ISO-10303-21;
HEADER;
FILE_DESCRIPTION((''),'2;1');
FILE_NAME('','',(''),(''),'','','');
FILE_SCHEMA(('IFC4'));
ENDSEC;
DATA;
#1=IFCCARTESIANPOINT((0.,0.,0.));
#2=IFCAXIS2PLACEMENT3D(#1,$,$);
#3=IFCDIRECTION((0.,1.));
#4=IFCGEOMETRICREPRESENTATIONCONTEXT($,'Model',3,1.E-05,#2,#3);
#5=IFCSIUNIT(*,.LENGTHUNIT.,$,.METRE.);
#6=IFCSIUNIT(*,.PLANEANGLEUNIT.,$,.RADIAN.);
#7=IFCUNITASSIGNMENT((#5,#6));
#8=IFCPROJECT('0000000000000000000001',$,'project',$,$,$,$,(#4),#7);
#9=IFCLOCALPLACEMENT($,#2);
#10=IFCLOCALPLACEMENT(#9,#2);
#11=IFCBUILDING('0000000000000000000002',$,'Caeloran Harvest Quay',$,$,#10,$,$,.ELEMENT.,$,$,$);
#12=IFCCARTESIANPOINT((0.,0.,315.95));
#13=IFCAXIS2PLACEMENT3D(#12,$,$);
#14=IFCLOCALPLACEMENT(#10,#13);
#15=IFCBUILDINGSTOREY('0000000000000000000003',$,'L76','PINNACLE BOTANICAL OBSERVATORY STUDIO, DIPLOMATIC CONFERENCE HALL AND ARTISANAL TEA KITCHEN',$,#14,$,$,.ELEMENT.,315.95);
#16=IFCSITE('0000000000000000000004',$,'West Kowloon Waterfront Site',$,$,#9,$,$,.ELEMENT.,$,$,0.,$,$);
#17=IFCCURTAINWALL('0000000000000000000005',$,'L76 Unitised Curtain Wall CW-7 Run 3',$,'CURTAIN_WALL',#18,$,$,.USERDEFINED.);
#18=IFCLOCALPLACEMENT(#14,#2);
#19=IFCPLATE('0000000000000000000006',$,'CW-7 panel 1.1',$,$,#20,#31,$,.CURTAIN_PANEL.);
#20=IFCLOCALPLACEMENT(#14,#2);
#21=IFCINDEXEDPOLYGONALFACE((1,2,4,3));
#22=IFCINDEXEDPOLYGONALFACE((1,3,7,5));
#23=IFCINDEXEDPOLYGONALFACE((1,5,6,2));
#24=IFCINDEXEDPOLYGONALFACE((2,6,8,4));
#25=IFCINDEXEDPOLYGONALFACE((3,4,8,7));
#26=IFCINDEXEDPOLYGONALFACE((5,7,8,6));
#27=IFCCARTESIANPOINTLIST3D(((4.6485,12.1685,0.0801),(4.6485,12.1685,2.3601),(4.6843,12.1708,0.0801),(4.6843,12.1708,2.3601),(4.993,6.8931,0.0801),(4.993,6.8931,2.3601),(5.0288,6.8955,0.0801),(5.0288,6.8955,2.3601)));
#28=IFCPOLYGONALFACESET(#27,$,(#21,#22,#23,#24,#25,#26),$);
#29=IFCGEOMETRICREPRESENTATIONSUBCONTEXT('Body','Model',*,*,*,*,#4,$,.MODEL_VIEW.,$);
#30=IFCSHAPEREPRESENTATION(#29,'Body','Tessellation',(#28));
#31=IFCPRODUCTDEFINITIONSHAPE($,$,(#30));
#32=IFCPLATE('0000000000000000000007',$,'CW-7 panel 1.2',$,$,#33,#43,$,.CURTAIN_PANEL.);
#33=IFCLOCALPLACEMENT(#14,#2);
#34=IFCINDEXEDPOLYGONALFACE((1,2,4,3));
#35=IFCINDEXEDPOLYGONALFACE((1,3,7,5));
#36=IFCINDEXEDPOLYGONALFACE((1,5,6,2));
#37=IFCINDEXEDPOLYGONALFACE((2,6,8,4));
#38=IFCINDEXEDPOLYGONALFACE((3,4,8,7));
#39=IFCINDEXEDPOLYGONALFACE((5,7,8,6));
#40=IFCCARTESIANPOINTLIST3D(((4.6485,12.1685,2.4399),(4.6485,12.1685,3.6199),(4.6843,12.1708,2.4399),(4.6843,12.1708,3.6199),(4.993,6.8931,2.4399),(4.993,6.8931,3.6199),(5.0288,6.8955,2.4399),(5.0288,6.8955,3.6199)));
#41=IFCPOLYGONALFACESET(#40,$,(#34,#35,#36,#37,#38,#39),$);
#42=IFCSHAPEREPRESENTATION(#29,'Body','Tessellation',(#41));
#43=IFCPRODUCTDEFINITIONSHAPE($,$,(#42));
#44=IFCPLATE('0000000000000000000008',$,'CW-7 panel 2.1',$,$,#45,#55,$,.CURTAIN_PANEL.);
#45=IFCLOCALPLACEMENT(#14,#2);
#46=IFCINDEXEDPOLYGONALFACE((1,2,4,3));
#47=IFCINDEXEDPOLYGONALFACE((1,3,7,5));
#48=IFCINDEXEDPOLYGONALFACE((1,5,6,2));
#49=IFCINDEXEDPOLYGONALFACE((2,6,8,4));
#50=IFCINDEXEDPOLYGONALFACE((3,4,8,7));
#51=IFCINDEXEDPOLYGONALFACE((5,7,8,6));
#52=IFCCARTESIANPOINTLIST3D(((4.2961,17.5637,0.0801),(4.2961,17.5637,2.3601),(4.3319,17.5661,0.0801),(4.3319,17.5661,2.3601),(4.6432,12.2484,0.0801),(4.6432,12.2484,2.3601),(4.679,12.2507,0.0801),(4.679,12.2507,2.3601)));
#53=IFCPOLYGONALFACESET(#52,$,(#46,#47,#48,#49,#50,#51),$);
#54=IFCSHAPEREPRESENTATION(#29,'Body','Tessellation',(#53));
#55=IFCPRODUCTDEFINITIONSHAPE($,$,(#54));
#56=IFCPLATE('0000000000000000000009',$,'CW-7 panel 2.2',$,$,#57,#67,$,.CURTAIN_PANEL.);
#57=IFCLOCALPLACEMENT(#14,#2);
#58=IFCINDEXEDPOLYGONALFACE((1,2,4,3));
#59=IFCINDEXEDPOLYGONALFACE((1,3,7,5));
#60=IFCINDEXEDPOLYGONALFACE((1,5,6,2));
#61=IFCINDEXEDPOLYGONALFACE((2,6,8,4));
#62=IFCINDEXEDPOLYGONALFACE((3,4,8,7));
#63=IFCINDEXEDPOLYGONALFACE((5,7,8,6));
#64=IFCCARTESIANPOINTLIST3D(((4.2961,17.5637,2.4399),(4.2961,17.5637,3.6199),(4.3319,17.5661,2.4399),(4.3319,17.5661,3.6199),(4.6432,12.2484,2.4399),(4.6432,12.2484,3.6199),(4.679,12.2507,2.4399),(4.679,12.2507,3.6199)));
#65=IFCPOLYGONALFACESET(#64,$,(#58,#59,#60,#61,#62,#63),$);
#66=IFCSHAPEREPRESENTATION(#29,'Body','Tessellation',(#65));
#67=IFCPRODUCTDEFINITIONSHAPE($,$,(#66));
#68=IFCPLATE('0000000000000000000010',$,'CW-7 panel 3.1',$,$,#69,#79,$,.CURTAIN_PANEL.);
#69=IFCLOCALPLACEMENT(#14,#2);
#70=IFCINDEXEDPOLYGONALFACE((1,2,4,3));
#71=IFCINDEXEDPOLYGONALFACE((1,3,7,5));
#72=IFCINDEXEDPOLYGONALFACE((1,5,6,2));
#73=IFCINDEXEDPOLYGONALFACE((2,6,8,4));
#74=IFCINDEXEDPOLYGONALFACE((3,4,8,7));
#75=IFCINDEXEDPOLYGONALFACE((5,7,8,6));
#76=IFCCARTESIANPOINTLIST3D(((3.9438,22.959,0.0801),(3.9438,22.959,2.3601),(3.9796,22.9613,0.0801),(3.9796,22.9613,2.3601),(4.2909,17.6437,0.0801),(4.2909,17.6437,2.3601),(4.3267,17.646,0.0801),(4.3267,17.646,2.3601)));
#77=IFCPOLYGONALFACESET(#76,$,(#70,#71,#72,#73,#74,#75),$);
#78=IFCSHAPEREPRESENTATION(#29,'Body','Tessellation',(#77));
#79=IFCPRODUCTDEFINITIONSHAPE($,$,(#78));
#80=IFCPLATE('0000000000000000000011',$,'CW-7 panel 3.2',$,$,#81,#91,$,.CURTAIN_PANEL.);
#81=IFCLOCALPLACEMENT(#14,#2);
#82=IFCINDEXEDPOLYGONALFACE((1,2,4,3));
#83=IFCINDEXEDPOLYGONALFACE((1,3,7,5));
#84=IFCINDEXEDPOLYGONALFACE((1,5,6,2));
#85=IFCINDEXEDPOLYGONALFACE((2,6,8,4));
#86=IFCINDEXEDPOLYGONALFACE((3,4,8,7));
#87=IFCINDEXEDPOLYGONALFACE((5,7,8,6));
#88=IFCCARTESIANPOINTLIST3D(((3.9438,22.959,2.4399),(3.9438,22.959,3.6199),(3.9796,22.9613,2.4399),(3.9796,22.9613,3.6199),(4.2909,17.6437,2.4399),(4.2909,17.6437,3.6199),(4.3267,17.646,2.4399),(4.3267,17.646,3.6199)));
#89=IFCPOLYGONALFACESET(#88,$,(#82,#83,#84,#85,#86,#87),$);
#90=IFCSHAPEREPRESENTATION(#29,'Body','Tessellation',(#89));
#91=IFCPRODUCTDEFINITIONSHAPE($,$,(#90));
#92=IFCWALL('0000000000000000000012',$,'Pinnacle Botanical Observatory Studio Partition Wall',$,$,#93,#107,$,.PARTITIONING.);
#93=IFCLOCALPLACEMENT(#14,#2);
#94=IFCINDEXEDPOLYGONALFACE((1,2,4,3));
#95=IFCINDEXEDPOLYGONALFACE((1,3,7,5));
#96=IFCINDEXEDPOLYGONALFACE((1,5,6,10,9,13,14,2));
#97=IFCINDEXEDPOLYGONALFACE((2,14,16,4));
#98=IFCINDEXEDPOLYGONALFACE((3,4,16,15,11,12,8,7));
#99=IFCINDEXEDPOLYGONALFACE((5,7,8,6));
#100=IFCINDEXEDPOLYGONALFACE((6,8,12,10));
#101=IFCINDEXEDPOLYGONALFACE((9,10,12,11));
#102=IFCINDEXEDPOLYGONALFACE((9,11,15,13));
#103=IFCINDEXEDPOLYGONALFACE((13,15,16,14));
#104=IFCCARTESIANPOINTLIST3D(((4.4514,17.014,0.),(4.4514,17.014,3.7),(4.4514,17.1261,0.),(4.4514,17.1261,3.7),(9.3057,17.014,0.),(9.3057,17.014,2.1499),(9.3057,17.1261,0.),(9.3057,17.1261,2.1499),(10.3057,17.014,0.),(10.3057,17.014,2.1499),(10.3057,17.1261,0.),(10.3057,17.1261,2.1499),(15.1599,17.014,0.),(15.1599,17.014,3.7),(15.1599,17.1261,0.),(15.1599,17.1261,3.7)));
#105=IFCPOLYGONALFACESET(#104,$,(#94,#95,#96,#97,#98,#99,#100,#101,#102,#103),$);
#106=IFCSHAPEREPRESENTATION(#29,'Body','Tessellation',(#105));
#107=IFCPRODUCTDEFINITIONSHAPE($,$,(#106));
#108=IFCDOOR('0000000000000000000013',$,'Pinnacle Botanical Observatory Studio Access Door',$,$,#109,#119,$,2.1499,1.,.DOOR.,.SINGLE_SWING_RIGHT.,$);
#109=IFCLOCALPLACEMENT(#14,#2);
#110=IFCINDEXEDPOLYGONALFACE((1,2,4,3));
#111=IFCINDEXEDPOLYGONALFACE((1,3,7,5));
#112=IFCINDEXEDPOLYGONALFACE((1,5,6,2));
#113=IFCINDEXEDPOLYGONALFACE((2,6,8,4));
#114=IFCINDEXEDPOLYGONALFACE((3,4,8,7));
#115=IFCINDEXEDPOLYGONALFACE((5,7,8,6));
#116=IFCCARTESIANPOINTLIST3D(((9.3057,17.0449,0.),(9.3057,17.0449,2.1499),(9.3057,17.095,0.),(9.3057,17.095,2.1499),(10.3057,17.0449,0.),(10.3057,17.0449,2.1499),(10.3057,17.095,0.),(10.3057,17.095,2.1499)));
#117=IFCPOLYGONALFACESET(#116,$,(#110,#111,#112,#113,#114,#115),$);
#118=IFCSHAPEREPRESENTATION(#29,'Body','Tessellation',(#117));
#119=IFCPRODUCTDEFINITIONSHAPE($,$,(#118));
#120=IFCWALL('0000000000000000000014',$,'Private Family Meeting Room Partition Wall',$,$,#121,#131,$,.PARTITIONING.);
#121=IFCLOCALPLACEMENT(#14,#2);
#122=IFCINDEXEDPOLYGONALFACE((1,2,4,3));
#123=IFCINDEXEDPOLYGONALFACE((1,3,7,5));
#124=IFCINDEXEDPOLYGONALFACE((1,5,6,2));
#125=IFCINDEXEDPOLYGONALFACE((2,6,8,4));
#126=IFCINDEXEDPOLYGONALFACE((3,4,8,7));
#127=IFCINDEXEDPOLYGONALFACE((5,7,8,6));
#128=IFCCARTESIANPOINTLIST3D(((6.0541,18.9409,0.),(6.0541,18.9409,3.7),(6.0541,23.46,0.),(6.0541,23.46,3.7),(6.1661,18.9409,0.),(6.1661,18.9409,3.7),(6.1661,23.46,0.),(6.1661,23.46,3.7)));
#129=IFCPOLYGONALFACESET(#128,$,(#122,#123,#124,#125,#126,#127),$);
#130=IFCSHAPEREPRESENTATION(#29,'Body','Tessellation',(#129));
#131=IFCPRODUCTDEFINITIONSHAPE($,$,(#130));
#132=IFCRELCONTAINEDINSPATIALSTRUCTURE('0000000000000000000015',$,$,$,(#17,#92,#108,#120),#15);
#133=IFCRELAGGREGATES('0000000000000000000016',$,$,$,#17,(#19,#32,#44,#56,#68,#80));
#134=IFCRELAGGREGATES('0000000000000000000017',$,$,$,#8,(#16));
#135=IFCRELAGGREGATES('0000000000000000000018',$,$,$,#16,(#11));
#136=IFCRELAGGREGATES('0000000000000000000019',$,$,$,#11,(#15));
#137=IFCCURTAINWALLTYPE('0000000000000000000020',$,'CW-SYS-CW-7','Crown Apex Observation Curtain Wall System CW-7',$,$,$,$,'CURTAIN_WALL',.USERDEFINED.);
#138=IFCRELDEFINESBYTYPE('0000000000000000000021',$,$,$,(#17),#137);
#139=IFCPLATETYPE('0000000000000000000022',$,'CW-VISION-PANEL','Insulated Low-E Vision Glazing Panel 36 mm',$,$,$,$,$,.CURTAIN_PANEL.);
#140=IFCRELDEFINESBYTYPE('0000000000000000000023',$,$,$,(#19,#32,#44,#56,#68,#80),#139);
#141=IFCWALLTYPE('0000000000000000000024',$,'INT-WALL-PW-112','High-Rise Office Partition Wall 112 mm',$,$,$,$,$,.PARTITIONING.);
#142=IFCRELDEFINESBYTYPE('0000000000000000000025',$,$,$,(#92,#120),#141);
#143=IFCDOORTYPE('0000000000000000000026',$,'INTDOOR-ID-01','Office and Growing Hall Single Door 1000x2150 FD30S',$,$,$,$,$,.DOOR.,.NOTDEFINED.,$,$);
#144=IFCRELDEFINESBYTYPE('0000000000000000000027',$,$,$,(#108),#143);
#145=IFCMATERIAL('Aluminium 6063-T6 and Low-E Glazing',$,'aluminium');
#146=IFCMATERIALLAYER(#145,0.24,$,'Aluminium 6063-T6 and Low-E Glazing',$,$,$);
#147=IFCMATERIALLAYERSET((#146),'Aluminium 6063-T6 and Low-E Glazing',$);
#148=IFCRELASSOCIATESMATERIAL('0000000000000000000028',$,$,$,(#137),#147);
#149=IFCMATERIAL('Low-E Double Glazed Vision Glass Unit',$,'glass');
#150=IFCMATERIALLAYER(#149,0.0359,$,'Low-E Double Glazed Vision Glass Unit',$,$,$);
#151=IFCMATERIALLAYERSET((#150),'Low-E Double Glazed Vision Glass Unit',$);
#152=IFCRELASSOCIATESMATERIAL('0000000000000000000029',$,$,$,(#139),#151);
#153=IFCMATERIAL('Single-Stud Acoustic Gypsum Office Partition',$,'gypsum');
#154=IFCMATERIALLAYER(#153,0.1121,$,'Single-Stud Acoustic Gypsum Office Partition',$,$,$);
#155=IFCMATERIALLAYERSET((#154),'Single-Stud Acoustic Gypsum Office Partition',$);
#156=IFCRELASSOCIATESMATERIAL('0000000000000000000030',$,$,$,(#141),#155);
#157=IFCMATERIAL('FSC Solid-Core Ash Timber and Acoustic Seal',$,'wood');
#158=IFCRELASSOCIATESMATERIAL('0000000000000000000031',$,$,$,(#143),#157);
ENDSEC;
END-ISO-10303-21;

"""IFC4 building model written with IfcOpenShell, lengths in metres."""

from ifc_helpers import new_model, si_unit, direction, frame, frame_2d, origin, origin_2d, place, context, subcontext, project, spatial, rectangle, extrude, material, layer, layer_set, type_object, element, fill, aggregate, save


model = new_model("IFC4")

# Units and contexts
model_context = context("Model", 3, precision=1e-05, world=origin(), true_north=direction((0.0, 1.0)))
body_context = subcontext(model_context, "Body", "Model", "MODEL_VIEW")
ifc_project = project(units=[si_unit("LENGTHUNIT", "METRE"), si_unit("PLANEANGLEUNIT", "RADIAN")], contexts=[model_context])

# Site, building, storey
site_placement = place(None, origin())
site = spatial("IfcSite", under=ifc_project, at=site_placement, Name="West Kowloon Waterfront Site", CompositionType="ELEMENT", RefElevation=0.0)
building_placement = place(site_placement, origin())
building = spatial("IfcBuilding", under=site, at=building_placement, Name="Caeloran Harvest Quay", CompositionType="ELEMENT")
storey_placement = place(building_placement, frame((0.0, 0.0, 315.95)))
storey = spatial("IfcBuildingStorey", under=building, at=storey_placement, Name="L76", Description="PINNACLE BOTANICAL OBSERVATORY STUDIO, DIPLOMATIC CONFERENCE HALL AND ARTISANAL TEA KITCHEN", CompositionType="ELEMENT", Elevation=315.95)

# Curtain wall, plates
ifc_material_1 = material(Name="Aluminium 6063-T6 and Low-E Glazing", Category="aluminium")
ifc_layer_1 = layer(ifc_material_1, 0.24, Name="Aluminium 6063-T6 and Low-E Glazing")
ifc_layer_set_1 = layer_set([ifc_layer_1], Name="Aluminium 6063-T6 and Low-E Glazing")
curtain_wall_type = type_object("IfcCurtainWallType", Name="CW-SYS-CW-7", Description="Crown Apex Observation Curtain Wall System CW-7", ElementType="CURTAIN_WALL", PredefinedType="USERDEFINED", material=ifc_layer_set_1)
curtain_wall_placement = place(storey_placement, origin())
curtain_wall = element("IfcCurtainWall", 1, at=curtain_wall_placement, inside=storey, type_object=curtain_wall_type, Name="L76 Unitised Curtain Wall CW-7 Run 3", ObjectType="CURTAIN_WALL", PredefinedType="USERDEFINED")
ifc_material_2 = material(Name="Low-E Double Glazed Vision Glass Unit", Category="glass")
ifc_layer_2 = layer(ifc_material_2, 0.0359, Name="Low-E Double Glazed Vision Glass Unit")
ifc_layer_set_2 = layer_set([ifc_layer_2], Name="Low-E Double Glazed Vision Glass Unit")
plate_type = type_object("IfcPlateType", Name="CW-VISION-PANEL", Description="Insulated Low-E Vision Glazing Panel 36 mm", PredefinedType="CURTAIN_PANEL", material=ifc_layer_set_2)
plate_1_placement = place(storey_placement, frame((4.8386, 9.532, 0.0801), z_axis=(0.0, 0.0, 1.0), x_axis=(-0.065167, 0.997874, 0.0)))
plate_1 = element("IfcPlate", 2, at=plate_1_placement, type_object=plate_type, Name="CW-7 panel 1.1", PredefinedType="CURTAIN_PANEL", context=body_context, shape_type="SweptSolid", body=[
    extrude(rectangle(XDim=5.2866, YDim=0.0359, at=origin_2d()), origin(), (0.0, 0.0, 1.0), 2.28),
])
plate_2_placement = place(storey_placement, frame((4.8386, 9.532, 2.4399), z_axis=(0.0, 0.0, 1.0), x_axis=(-0.065167, 0.997874, 0.0)))
plate_2 = element("IfcPlate", 3, at=plate_2_placement, type_object=plate_type, Name="CW-7 panel 1.2", PredefinedType="CURTAIN_PANEL", context=body_context, shape_type="SweptSolid", body=[
    extrude(rectangle(XDim=5.2866, YDim=0.0359, at=origin_2d()), origin(), (0.0, 0.0, 1.0), 1.1799),
])
plate_3_placement = place(storey_placement, frame((4.4875, 14.9072, 0.0801), z_axis=(0.0, 0.0, 1.0), x_axis=(-0.065167, 0.997874, 0.0)))
plate_3 = element("IfcPlate", 4, at=plate_3_placement, type_object=plate_type, Name="CW-7 panel 2.1", PredefinedType="CURTAIN_PANEL", context=body_context, shape_type="SweptSolid", body=[
    extrude(rectangle(XDim=5.3267, YDim=0.0359, at=origin_2d()), origin(), (0.0, 0.0, 1.0), 2.28),
])
plate_4_placement = place(storey_placement, frame((4.4875, 14.9072, 2.4399), z_axis=(0.0, 0.0, 1.0), x_axis=(-0.065167, 0.997874, 0.0)))
plate_4 = element("IfcPlate", 5, at=plate_4_placement, type_object=plate_type, Name="CW-7 panel 2.2", PredefinedType="CURTAIN_PANEL", context=body_context, shape_type="SweptSolid", body=[
    extrude(rectangle(XDim=5.3267, YDim=0.0359, at=origin_2d()), origin(), (0.0, 0.0, 1.0), 1.1799),
])
plate_5_placement = place(storey_placement, frame((4.1353, 20.3025, 0.0801), z_axis=(0.0, 0.0, 1.0), x_axis=(-0.065167, 0.997874, 0.0)))
plate_5 = element("IfcPlate", 6, at=plate_5_placement, type_object=plate_type, Name="CW-7 panel 3.1", PredefinedType="CURTAIN_PANEL", context=body_context, shape_type="SweptSolid", body=[
    extrude(rectangle(XDim=5.3267, YDim=0.0359, at=origin_2d()), origin(), (0.0, 0.0, 1.0), 2.28),
])
plate_6_placement = place(storey_placement, frame((4.1353, 20.3025, 2.4399), z_axis=(0.0, 0.0, 1.0), x_axis=(-0.065167, 0.997874, 0.0)))
plate_6 = element("IfcPlate", 7, at=plate_6_placement, type_object=plate_type, Name="CW-7 panel 3.2", PredefinedType="CURTAIN_PANEL", context=body_context, shape_type="SweptSolid", body=[
    extrude(rectangle(XDim=5.3267, YDim=0.0359, at=origin_2d()), origin(), (0.0, 0.0, 1.0), 1.1799),
])
aggregate(curtain_wall, [plate_1, plate_2, plate_3, plate_4, plate_5, plate_6])

# Wall, opening, door
ifc_material_3 = material(Name="Single-Stud Acoustic Gypsum Office Partition", Category="gypsum")
ifc_layer_3 = layer(ifc_material_3, 0.1121, Name="Single-Stud Acoustic Gypsum Office Partition")
ifc_layer_set_3 = layer_set([ifc_layer_3], Name="Single-Stud Acoustic Gypsum Office Partition")
wall_type = type_object("IfcWallType", Name="INT-WALL-PW-112", Description="High-Rise Office Partition Wall 112 mm", PredefinedType="PARTITIONING", material=ifc_layer_set_3)
wall_1_placement = place(storey_placement, frame((4.4514, 17.0701, 0.0), z_axis=(0.0, 0.0, 1.0), x_axis=(1.0, 0.0, 0.0)))
wall_1 = element("IfcWall", 8, at=wall_1_placement, inside=storey, type_object=wall_type, Name="Pinnacle Botanical Observatory Studio Partition Wall", PredefinedType="PARTITIONING", context=body_context, shape_type="SweptSolid", body=[
    extrude(rectangle(XDim=10.7085, YDim=0.1121, at=frame_2d((5.3542, 0.0))), origin(), (0.0, 0.0, 1.0), 3.7),
])
opening_placement = place(wall_1_placement, frame((4.8542, 0.0, 0.0)))
opening = element("IfcOpeningElement", 9, at=opening_placement, cuts=wall_1, PredefinedType="OPENING", context=body_context, shape_type="SweptSolid", body=[
    extrude(rectangle(XDim=1.0, YDim=2.1499, at=frame_2d((0.5, 1.075))), frame((0.0, 0.0659, 0.0), z_axis=(0.0, -1.0, 0.0), x_axis=(1.0, 0.0, 0.0)), (0.0, 0.0, 1.0), 0.1321),
])
ifc_material_4 = material(Name="FSC Solid-Core Ash Timber and Acoustic Seal", Category="wood")
door_type = type_object("IfcDoorType", Name="INTDOOR-ID-01", Description="Office and Growing Hall Single Door 1000x2150 FD30S", OperationType="NOTDEFINED", PredefinedType="DOOR", material=ifc_material_4)
door_placement = place(opening_placement, origin())
door = element("IfcDoor", 10, at=door_placement, inside=storey, type_object=door_type, Name="Pinnacle Botanical Observatory Studio Access Door", OperationType="SINGLE_SWING_RIGHT", OverallHeight=2.1499, OverallWidth=1.0, PredefinedType="DOOR", context=body_context, shape_type="SweptSolid", body=[
    extrude(rectangle(XDim=1.0, YDim=2.1499, at=frame_2d((0.5, 1.075))), frame((0.0, 0.0249, 0.0), z_axis=(0.0, -1.0, 0.0), x_axis=(1.0, 0.0, 0.0)), (0.0, 0.0, 1.0), 0.05),
])
fill(opening, door)

# Wall
wall_2_placement = place(storey_placement, frame((6.1101, 18.9409, 0.0), z_axis=(0.0, 0.0, 1.0), x_axis=(0.0, 1.0, 0.0)))
element("IfcWall", 11, at=wall_2_placement, inside=storey, type_object=wall_type, Name="Private Family Meeting Room Partition Wall", PredefinedType="PARTITIONING", context=body_context, shape_type="SweptSolid", body=[
    extrude(rectangle(XDim=4.519, YDim=0.1121, at=frame_2d((2.2595, 0.0))), origin(), (0.0, 0.0, 1.0), 3.7),
])

save(model, "model.ifc")
